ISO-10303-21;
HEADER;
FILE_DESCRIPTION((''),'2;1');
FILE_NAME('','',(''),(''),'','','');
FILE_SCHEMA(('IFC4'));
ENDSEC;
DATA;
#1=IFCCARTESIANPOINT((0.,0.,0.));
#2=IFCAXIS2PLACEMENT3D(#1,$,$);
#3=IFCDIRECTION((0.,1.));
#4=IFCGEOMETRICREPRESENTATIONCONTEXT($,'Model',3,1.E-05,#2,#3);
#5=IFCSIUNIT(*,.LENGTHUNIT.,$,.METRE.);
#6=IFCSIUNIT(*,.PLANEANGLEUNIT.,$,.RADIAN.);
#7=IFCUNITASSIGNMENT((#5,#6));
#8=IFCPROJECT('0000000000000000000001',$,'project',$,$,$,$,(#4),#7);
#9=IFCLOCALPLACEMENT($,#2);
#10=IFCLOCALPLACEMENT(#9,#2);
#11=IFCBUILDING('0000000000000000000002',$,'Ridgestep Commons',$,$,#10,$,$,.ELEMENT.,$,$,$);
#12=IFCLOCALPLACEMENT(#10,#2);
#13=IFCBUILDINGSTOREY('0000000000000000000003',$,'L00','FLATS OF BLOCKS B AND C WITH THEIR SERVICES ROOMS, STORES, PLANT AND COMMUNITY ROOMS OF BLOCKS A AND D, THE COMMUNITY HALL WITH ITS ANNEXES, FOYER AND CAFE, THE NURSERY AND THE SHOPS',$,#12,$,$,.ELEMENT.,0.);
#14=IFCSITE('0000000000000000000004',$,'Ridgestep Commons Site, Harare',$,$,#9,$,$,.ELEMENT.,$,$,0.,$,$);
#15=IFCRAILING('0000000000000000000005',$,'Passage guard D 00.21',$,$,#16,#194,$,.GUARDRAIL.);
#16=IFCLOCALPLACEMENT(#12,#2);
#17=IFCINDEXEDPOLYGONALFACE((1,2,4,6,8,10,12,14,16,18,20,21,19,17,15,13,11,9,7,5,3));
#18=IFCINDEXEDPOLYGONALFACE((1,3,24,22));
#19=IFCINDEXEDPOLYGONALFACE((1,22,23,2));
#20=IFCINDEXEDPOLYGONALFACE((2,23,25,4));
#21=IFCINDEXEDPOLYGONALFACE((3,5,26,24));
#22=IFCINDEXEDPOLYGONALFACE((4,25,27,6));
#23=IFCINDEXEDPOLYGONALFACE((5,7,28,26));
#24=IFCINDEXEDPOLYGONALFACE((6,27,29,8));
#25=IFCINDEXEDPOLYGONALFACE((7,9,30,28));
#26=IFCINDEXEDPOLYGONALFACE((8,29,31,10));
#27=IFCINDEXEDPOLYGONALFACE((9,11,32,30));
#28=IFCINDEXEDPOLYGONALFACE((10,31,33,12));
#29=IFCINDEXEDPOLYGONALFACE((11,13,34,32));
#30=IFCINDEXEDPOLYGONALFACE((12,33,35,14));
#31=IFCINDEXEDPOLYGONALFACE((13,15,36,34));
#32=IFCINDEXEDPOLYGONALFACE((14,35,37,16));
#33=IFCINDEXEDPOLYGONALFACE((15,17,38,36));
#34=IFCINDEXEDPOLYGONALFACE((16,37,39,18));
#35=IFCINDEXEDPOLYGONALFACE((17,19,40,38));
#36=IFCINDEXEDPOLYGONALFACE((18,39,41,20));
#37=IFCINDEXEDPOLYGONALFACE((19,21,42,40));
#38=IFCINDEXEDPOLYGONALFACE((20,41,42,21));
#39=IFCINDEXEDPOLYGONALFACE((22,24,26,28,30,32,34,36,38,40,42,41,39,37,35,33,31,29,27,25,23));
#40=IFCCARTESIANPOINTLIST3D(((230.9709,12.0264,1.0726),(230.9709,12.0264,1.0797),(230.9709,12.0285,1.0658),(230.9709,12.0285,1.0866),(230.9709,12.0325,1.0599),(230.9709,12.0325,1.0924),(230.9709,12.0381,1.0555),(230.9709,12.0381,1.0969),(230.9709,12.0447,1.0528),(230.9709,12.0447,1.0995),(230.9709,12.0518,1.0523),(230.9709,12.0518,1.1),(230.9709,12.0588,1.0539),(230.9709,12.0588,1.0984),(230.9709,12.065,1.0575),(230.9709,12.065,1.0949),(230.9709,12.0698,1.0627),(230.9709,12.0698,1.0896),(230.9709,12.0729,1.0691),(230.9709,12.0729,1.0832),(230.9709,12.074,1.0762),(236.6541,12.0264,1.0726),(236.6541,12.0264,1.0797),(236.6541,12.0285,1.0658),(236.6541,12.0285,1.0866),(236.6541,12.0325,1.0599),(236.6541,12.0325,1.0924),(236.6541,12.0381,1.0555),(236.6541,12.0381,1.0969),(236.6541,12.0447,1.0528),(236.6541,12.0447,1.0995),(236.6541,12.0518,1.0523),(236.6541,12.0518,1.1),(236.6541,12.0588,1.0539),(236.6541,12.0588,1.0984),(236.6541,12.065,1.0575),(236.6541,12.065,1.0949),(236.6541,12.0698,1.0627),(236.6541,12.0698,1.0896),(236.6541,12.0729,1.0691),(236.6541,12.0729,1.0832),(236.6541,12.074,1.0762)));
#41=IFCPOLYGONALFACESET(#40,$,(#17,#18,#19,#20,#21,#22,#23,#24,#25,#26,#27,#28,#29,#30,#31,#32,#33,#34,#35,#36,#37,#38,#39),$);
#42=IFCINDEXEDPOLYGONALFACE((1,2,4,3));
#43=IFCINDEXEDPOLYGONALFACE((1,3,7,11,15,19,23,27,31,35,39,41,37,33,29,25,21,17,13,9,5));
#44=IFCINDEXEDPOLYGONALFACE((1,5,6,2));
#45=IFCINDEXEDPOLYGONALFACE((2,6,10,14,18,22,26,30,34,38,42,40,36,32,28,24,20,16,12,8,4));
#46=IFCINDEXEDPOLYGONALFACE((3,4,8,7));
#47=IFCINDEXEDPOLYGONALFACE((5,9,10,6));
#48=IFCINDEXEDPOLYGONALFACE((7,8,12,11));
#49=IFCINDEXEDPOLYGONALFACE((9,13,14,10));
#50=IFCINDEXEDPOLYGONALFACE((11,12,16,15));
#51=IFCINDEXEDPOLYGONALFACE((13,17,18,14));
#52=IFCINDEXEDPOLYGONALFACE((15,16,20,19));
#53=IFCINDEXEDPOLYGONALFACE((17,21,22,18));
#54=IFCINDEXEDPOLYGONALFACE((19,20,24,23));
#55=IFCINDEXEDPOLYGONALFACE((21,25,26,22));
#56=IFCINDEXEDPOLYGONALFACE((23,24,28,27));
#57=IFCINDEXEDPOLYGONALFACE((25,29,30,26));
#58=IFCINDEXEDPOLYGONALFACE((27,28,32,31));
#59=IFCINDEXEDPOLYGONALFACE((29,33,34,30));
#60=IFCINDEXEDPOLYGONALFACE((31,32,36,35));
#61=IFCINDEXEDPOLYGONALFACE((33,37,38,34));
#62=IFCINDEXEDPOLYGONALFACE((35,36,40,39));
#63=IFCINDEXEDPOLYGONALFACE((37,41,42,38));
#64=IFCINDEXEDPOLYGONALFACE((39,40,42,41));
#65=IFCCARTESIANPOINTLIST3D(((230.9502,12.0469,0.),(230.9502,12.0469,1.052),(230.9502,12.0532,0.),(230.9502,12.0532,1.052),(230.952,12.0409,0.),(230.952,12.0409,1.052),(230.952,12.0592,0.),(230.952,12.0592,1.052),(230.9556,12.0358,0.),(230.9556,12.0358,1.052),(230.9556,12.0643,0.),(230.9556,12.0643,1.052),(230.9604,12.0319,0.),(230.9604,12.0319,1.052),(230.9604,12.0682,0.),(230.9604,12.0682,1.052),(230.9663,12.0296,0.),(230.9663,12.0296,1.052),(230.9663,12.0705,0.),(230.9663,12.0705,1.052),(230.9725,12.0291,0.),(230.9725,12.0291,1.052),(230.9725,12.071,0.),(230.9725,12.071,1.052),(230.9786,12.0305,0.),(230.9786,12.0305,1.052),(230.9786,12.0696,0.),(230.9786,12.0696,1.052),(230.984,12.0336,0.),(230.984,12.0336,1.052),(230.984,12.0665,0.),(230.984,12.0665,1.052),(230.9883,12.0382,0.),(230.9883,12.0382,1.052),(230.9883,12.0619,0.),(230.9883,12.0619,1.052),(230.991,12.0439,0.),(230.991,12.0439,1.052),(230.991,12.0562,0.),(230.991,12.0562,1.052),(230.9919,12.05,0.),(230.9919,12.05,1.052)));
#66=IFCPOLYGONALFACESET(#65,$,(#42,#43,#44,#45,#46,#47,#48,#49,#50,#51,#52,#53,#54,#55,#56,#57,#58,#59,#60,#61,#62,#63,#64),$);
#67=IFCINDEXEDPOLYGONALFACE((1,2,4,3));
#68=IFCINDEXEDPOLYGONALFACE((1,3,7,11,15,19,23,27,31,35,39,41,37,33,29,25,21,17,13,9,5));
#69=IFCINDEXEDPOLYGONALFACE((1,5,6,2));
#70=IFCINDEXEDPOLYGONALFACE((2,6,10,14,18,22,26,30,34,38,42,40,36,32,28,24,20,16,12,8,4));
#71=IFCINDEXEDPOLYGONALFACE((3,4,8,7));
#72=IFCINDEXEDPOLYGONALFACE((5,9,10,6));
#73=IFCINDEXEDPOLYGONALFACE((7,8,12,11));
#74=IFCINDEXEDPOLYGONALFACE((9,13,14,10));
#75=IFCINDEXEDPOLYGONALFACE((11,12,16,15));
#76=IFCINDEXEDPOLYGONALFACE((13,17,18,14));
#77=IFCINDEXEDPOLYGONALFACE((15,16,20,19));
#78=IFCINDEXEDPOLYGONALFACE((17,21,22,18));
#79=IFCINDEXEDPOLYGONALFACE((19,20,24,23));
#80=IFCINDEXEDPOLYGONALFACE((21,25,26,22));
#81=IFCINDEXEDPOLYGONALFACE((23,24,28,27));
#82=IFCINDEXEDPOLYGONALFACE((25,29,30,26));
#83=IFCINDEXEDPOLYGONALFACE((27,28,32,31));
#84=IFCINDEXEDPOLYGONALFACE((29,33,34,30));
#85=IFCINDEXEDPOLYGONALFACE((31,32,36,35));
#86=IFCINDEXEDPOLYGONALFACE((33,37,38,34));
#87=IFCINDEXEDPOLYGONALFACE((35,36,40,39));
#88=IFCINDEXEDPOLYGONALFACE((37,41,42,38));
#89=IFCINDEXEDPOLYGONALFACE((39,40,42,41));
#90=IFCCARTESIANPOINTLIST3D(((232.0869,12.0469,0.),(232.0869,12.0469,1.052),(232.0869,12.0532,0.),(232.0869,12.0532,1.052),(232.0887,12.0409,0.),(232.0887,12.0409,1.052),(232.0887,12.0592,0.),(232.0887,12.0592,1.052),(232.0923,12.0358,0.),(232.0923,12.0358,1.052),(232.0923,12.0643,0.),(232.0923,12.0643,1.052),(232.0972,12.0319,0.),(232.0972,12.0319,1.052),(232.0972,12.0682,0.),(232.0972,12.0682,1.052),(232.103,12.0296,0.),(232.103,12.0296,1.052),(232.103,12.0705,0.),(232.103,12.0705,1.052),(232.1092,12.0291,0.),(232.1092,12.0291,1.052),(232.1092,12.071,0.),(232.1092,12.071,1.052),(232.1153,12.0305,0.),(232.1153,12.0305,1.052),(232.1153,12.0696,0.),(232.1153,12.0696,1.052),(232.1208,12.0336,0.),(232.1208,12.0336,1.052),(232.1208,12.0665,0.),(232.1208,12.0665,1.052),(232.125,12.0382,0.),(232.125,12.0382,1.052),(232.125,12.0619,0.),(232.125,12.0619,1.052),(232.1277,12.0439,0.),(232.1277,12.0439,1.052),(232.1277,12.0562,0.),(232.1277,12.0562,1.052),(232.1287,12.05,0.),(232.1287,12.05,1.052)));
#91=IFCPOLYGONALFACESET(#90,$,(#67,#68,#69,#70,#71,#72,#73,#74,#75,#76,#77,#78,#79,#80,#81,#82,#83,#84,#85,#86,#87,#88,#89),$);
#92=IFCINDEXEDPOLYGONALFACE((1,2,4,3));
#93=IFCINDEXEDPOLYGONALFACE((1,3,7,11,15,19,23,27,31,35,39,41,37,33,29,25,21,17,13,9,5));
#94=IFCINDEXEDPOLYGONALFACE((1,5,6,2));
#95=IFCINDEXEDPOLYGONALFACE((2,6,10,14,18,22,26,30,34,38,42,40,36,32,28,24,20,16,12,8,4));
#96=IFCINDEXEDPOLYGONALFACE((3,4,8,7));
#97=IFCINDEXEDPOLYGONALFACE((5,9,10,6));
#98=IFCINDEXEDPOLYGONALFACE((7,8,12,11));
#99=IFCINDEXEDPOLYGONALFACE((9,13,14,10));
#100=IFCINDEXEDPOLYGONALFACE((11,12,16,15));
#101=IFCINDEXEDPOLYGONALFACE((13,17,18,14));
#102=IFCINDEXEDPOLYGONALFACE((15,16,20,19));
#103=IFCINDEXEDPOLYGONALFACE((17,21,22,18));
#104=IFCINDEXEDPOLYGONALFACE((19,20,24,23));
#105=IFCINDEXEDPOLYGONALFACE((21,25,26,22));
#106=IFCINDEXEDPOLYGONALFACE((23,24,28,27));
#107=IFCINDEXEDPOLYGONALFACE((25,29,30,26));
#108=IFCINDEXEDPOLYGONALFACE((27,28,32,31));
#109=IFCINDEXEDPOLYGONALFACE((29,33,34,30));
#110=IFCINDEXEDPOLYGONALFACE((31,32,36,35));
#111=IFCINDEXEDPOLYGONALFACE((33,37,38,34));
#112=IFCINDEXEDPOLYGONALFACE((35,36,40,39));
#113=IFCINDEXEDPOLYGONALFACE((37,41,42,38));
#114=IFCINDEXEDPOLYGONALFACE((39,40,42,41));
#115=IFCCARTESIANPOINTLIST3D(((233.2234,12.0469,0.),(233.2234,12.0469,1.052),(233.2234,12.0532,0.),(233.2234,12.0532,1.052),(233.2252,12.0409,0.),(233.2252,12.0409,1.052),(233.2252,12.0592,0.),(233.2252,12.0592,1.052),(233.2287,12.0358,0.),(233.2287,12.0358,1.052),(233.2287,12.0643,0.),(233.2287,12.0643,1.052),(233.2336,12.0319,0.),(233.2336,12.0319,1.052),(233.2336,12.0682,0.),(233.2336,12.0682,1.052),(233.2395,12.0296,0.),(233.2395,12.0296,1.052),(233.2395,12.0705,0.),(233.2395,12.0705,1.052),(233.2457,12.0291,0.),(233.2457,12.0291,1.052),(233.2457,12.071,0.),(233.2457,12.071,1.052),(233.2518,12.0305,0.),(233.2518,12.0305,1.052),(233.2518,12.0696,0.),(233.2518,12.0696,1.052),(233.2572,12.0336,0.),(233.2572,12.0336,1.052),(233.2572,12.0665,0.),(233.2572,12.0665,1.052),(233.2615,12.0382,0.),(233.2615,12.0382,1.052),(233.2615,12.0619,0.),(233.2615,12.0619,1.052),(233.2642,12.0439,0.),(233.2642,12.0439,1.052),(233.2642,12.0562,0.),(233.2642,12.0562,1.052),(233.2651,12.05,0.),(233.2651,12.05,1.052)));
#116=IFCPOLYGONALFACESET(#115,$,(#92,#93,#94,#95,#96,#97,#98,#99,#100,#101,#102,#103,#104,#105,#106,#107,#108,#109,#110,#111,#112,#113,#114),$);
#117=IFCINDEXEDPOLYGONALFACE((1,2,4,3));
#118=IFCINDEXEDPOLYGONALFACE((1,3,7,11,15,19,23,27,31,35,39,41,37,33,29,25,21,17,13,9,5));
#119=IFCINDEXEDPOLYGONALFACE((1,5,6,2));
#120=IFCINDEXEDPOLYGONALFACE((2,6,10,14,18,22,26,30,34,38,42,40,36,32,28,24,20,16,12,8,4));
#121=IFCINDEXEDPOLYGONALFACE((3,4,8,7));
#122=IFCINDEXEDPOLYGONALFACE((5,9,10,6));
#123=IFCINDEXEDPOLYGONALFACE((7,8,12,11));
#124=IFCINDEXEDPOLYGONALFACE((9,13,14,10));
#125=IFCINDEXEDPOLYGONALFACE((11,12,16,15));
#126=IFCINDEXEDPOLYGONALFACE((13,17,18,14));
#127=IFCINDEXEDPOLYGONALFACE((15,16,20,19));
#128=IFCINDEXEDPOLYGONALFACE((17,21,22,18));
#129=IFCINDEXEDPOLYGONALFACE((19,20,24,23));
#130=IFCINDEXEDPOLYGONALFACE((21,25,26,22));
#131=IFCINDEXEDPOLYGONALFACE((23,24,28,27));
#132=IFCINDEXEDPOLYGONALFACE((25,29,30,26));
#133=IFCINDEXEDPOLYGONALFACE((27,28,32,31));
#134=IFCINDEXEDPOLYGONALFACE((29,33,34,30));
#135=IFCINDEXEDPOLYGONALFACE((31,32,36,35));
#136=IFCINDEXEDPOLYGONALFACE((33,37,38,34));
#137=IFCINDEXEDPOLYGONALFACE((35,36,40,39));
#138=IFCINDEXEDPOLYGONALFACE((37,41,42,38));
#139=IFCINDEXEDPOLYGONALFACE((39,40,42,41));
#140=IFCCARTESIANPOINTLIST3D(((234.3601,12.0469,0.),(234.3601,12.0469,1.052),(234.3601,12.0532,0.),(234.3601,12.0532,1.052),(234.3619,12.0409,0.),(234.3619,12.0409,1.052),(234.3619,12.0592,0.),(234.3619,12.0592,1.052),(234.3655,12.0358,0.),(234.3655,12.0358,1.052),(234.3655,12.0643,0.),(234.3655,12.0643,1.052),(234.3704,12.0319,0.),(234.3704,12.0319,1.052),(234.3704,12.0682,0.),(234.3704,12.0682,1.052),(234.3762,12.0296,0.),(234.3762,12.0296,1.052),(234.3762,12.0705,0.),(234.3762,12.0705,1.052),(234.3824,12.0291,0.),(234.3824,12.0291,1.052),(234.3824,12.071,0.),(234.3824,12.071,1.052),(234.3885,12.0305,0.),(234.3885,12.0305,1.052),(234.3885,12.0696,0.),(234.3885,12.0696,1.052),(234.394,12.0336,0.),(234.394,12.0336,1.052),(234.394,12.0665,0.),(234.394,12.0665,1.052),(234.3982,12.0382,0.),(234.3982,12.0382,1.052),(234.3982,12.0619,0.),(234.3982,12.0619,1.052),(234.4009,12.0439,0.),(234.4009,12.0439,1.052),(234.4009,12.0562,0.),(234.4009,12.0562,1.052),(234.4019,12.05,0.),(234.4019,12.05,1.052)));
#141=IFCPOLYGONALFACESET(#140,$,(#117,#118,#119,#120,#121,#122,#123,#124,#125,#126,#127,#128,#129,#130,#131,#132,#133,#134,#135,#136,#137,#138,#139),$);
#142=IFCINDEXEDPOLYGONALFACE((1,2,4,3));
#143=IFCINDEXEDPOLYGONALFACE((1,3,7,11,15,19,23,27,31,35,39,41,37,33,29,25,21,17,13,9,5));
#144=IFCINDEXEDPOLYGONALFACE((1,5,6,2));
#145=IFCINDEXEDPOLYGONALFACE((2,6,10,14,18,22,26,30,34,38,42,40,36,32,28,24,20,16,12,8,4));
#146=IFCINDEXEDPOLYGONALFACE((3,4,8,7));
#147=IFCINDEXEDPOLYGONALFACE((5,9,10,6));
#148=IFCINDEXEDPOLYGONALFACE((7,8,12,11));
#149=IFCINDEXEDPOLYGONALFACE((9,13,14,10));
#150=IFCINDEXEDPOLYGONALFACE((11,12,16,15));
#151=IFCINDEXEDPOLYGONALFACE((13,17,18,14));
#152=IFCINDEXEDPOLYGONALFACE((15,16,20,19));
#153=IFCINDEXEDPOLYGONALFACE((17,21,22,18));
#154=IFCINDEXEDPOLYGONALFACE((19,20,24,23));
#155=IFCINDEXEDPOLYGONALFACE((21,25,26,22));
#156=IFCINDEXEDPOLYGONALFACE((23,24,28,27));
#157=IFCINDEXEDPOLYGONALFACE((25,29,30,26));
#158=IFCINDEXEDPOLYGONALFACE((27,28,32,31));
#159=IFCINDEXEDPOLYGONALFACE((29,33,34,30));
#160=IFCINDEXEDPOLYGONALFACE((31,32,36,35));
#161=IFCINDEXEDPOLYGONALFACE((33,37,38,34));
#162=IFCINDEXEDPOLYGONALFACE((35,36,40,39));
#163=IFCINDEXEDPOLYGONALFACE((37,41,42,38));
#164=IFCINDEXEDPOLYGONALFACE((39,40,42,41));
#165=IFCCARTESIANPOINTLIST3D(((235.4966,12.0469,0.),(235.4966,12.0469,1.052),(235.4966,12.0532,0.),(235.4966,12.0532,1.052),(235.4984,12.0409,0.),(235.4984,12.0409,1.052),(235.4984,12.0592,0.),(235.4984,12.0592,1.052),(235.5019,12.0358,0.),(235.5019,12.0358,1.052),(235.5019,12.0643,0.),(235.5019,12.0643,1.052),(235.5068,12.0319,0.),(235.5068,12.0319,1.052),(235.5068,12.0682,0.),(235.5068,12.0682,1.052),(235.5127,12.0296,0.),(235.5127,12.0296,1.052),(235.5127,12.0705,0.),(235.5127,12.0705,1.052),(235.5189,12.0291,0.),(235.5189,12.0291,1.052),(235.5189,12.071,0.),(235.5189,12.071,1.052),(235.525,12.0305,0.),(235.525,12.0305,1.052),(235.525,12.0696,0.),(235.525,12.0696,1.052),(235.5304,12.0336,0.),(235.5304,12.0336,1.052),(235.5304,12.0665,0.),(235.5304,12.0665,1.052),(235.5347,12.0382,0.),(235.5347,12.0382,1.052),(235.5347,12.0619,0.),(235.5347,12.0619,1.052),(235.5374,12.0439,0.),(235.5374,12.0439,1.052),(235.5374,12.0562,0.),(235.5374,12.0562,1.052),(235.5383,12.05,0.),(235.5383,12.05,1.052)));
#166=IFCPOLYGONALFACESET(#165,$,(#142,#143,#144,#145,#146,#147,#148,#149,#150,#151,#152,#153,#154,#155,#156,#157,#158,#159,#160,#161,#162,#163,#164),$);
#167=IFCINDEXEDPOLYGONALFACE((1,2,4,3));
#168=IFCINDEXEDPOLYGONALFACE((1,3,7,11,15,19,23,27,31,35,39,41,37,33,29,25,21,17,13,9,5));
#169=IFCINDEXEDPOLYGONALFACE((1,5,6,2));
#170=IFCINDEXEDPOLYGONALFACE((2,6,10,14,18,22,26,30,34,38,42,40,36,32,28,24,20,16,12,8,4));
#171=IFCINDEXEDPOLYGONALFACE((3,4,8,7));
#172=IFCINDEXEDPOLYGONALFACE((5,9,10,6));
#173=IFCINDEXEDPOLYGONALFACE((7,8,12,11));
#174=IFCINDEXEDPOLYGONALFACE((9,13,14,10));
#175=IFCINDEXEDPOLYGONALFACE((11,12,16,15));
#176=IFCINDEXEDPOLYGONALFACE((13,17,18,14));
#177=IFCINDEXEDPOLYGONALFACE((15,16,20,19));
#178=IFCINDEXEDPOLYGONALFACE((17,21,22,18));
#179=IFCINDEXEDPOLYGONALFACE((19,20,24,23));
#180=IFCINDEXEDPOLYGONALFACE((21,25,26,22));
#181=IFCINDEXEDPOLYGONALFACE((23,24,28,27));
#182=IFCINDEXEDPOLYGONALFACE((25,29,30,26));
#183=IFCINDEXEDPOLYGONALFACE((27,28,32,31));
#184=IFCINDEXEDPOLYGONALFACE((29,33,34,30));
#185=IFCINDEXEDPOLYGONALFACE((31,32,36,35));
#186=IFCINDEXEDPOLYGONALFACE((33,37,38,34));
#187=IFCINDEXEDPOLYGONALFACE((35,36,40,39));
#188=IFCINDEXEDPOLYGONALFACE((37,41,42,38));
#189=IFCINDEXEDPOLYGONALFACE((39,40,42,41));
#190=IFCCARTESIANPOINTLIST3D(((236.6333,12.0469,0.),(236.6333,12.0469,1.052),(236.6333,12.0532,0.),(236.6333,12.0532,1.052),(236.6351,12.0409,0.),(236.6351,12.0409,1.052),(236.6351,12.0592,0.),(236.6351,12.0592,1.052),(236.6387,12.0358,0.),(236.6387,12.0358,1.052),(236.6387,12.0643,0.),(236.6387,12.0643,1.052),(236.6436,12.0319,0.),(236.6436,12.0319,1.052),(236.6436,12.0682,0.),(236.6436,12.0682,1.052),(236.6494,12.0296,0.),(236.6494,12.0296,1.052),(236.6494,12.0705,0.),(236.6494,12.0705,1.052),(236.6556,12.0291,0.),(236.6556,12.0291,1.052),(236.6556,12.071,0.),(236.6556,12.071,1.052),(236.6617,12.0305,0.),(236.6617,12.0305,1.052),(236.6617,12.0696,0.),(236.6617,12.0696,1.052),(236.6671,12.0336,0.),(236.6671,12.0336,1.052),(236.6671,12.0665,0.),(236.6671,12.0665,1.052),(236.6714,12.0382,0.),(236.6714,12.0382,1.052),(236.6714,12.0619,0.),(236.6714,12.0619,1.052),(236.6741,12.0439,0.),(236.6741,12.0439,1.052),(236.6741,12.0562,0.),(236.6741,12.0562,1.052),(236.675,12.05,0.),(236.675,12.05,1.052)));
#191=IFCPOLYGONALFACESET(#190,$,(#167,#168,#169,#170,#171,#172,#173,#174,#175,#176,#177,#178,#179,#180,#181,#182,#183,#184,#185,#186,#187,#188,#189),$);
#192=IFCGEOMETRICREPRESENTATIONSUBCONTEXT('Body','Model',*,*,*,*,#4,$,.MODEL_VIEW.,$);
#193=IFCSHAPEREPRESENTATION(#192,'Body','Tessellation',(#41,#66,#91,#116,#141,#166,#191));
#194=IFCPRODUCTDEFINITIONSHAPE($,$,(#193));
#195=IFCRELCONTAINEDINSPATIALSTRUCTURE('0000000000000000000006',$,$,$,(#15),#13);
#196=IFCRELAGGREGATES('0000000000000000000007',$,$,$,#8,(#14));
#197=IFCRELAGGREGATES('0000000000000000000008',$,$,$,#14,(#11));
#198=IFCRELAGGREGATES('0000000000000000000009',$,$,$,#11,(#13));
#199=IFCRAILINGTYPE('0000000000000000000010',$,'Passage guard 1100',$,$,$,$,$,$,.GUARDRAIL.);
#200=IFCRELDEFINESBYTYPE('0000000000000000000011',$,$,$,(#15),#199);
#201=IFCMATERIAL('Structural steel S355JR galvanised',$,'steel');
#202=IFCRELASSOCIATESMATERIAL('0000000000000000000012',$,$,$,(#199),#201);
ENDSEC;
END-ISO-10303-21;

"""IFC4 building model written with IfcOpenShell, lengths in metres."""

from ifc_helpers import new_model, si_unit, direction, frame, origin, origin_2d, place, context, subcontext, project, spatial, circle, extrude, material, type_object, element, save


model = new_model("IFC4")

# Units and contexts
model_context = context("Model", 3, precision=1e-05, world=origin(), true_north=direction((0.0, 1.0)))
body_context = subcontext(model_context, "Body", "Model", "MODEL_VIEW")
ifc_project = project(units=[si_unit("LENGTHUNIT", "METRE"), si_unit("PLANEANGLEUNIT", "RADIAN")], contexts=[model_context])

# Site, building, storey
site_placement = place(None, origin())
site = spatial("IfcSite", under=ifc_project, at=site_placement, Name="Ridgestep Commons Site, Harare", CompositionType="ELEMENT", RefElevation=0.0)
building_placement = place(site_placement, origin())
building = spatial("IfcBuilding", under=site, at=building_placement, Name="Ridgestep Commons", CompositionType="ELEMENT")
storey_placement = place(building_placement, origin())
storey = spatial("IfcBuildingStorey", under=building, at=storey_placement, Name="L00", Description="FLATS OF BLOCKS B AND C WITH THEIR SERVICES ROOMS, STORES, PLANT AND COMMUNITY ROOMS OF BLOCKS A AND D, THE COMMUNITY HALL WITH ITS ANNEXES, FOYER AND CAFE, THE NURSERY AND THE SHOPS", CompositionType="ELEMENT", Elevation=0.0)

# Railing
ifc_material_1 = material(Name="Structural steel S355JR galvanised", Category="steel")
railing_type_1 = type_object("IfcRailingType", Name="Passage guard 1100", PredefinedType="GUARDRAIL", material=ifc_material_1)
railing_1_placement = place(storey_placement, frame((230.9709, 12.05, 0.0)))
element("IfcRailing", 1, at=railing_1_placement, inside=storey, type_object=railing_type_1, Name="Passage guard D 00.21", PredefinedType="GUARDRAIL", context=body_context, shape_type="SweptSolid", body=[
    extrude(circle(Radius=0.0239, at=origin_2d()), frame((0.0, 0.0, 1.0762), z_axis=(1.0, 0.0, 0.0), x_axis=(0.0, 1.0, 0.0)), (0.0, 0.0, 1.0), 5.6831),
    extrude(circle(Radius=0.021, at=origin_2d()), origin(), (0.0, 0.0, 1.0), 1.052),
    extrude(circle(Radius=0.021, at=origin_2d()), frame((1.1367, 0.0, 0.0)), (0.0, 0.0, 1.0), 1.052),
    extrude(circle(Radius=0.021, at=origin_2d()), frame((2.2732, 0.0, 0.0)), (0.0, 0.0, 1.0), 1.052),
    extrude(circle(Radius=0.021, at=origin_2d()), frame((3.4099, 0.0, 0.0)), (0.0, 0.0, 1.0), 1.052),
    extrude(circle(Radius=0.021, at=origin_2d()), frame((4.5464, 0.0, 0.0)), (0.0, 0.0, 1.0), 1.052),
    extrude(circle(Radius=0.021, at=origin_2d()), frame((5.6831, 0.0, 0.0)), (0.0, 0.0, 1.0), 1.052),
])

save(model, "model.ifc")
